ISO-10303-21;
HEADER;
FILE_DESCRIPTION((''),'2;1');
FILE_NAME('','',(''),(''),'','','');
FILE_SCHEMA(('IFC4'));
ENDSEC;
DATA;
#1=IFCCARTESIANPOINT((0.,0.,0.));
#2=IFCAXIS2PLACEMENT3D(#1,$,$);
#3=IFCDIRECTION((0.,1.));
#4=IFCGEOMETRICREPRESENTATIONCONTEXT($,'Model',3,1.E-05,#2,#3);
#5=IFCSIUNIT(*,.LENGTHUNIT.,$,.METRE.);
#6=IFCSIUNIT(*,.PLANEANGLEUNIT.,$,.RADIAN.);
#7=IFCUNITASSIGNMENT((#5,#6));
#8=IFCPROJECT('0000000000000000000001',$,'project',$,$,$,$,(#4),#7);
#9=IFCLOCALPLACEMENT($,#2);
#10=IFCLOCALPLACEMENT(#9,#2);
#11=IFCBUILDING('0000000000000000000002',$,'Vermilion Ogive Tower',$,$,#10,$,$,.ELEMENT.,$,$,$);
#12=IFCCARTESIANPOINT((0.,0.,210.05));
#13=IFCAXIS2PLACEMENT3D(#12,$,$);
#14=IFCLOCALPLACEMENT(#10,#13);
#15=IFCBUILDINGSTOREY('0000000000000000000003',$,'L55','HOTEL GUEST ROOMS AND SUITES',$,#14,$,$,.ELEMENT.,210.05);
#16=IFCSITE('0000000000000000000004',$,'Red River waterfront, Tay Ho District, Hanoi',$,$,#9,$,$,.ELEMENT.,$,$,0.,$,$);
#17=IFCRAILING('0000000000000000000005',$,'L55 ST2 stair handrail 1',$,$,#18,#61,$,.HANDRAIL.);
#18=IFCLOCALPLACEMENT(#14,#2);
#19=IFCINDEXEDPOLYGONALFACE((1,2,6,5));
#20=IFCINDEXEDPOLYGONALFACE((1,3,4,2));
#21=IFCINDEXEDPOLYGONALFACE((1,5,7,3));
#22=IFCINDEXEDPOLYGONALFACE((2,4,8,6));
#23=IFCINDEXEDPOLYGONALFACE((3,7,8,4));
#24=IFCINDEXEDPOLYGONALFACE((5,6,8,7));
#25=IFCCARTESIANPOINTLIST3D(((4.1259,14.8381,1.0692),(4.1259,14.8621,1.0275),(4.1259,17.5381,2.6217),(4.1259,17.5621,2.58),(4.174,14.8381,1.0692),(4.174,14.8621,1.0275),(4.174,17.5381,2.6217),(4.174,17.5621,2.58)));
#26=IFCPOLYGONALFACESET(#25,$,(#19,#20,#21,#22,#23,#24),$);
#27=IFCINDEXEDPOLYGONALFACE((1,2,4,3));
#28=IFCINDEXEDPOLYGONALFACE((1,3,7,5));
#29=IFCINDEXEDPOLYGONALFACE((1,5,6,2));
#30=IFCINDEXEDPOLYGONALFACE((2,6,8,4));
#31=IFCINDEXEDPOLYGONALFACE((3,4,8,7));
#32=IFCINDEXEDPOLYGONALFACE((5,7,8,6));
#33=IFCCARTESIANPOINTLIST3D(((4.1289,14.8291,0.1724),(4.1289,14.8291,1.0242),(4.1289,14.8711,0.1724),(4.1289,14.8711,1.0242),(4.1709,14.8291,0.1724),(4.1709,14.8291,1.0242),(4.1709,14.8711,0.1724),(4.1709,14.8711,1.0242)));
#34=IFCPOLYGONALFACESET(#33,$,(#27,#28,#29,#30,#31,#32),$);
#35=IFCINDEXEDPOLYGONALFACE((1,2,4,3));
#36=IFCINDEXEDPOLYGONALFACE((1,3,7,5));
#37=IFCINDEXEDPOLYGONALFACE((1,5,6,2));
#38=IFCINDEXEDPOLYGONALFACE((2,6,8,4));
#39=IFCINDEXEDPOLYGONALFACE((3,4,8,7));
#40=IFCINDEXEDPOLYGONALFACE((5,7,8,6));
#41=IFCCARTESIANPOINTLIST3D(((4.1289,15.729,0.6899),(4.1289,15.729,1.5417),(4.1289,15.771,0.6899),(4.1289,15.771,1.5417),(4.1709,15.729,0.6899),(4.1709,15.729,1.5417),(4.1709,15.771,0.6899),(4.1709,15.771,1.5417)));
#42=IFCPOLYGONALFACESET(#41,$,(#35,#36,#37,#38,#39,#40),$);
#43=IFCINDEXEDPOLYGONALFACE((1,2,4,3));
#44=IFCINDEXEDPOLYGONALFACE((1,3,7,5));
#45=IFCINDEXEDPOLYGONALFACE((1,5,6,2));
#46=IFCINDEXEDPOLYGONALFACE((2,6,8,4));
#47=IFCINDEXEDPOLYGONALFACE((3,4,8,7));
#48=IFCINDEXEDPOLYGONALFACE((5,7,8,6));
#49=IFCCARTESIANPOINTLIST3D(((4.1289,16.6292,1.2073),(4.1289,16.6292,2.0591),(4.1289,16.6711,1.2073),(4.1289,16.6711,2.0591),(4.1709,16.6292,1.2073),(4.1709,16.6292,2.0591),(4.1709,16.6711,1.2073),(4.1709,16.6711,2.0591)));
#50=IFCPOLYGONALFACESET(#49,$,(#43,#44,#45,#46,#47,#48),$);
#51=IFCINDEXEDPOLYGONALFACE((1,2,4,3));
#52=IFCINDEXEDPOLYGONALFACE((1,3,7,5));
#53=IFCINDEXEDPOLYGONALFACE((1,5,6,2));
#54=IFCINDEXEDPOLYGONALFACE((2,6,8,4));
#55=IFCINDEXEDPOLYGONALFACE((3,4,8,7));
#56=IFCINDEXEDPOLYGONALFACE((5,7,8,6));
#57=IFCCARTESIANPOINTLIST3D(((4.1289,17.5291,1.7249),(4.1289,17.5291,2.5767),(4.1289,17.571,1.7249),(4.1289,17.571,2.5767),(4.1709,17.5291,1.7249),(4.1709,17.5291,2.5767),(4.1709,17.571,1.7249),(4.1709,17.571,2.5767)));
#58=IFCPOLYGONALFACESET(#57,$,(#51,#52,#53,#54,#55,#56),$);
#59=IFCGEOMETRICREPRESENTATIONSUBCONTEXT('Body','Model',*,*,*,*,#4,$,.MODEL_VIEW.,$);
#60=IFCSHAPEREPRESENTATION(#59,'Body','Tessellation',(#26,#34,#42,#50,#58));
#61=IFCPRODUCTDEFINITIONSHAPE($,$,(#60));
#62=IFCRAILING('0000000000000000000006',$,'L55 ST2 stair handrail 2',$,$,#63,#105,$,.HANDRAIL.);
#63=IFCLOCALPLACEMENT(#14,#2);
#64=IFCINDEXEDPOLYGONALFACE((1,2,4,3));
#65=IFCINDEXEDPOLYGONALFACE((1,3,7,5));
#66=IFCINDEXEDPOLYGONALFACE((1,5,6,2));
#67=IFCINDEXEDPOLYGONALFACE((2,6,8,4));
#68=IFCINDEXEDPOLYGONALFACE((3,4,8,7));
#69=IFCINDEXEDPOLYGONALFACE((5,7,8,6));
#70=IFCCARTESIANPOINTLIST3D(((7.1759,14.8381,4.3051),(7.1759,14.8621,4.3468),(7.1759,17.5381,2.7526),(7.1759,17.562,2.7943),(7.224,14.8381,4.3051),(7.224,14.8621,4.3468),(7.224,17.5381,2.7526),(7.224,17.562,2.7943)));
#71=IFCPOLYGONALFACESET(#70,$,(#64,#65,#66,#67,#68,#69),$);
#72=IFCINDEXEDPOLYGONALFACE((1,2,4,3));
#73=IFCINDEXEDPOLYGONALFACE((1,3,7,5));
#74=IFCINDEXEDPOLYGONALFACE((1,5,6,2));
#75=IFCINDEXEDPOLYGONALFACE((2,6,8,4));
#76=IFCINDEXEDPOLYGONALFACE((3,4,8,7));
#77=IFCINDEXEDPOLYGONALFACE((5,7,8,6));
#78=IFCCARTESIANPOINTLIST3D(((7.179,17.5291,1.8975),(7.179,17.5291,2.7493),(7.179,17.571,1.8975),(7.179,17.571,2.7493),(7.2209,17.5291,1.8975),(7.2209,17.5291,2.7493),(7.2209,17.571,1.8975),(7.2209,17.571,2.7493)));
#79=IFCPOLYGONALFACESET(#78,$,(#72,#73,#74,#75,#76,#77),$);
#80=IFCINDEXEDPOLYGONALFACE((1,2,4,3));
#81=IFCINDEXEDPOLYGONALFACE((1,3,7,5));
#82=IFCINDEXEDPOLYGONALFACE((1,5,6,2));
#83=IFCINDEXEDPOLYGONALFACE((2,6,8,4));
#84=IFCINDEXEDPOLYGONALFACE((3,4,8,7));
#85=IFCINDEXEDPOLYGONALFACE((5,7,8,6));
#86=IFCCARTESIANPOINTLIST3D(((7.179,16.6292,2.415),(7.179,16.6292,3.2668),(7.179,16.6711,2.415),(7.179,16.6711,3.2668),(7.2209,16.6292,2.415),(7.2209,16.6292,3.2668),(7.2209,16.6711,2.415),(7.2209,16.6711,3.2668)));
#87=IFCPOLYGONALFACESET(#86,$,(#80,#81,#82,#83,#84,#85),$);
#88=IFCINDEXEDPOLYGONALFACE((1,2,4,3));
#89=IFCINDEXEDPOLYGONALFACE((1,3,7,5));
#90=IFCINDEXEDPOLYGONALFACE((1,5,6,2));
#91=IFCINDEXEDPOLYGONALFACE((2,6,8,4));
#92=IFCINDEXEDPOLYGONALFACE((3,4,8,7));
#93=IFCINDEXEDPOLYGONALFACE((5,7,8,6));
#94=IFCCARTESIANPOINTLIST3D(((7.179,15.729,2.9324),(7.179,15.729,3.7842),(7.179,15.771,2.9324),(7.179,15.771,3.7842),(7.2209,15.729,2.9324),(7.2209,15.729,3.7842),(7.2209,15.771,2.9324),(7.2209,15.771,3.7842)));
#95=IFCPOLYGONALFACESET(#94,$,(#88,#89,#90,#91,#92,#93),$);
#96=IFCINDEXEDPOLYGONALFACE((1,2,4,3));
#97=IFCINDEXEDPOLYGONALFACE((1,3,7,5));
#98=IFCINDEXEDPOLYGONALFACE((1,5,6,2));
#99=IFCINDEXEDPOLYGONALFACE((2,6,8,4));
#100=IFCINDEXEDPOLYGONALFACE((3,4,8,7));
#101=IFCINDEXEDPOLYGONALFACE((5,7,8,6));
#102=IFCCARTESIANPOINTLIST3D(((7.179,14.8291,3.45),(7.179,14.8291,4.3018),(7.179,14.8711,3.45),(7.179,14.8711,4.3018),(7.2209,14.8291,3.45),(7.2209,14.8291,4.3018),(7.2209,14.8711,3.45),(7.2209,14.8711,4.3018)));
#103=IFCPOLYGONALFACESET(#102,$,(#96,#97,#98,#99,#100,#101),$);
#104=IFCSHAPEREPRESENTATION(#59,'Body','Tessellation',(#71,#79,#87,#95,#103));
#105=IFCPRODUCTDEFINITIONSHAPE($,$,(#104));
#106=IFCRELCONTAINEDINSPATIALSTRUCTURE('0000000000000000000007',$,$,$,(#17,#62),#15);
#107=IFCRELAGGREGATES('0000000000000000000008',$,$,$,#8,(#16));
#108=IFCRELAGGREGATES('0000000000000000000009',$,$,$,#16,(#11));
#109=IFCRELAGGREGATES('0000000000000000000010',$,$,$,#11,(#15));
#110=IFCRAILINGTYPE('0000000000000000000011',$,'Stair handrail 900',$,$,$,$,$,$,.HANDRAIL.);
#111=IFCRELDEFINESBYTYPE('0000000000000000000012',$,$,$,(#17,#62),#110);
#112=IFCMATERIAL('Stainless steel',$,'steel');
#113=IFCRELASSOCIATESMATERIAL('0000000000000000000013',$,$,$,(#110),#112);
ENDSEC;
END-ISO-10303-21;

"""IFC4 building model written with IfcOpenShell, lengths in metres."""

from ifc_helpers import new_model, si_unit, direction, frame, origin, origin_2d, place, context, subcontext, project, spatial, rectangle, extrude, material, type_object, element, save


model = new_model("IFC4")

# Units and contexts
model_context = context("Model", 3, precision=1e-05, world=origin(), true_north=direction((0.0, 1.0)))
body_context = subcontext(model_context, "Body", "Model", "MODEL_VIEW")
ifc_project = project(units=[si_unit("LENGTHUNIT", "METRE"), si_unit("PLANEANGLEUNIT", "RADIAN")], contexts=[model_context])

# Site, building, storey
site_placement = place(None, origin())
site = spatial("IfcSite", under=ifc_project, at=site_placement, Name="Red River waterfront, Tay Ho District, Hanoi", CompositionType="ELEMENT", RefElevation=0.0)
building_placement = place(site_placement, origin())
building = spatial("IfcBuilding", under=site, at=building_placement, Name="Vermilion Ogive Tower", CompositionType="ELEMENT")
storey_placement = place(building_placement, frame((0.0, 0.0, 210.05)))
storey = spatial("IfcBuildingStorey", under=building, at=storey_placement, Name="L55", Description="HOTEL GUEST ROOMS AND SUITES", CompositionType="ELEMENT", Elevation=210.05)

# Railings
ifc_material_1 = material(Name="Stainless steel", Category="steel")
railing_type_1 = type_object("IfcRailingType", Name="Stair handrail 900", PredefinedType="HANDRAIL", material=ifc_material_1)
railing_1_placement = place(storey_placement, frame((4.1499, 14.8501, 0.1724)))
element("IfcRailing", 1, at=railing_1_placement, inside=storey, type_object=railing_type_1, Name="L55 ST2 stair handrail 1", PredefinedType="HANDRAIL", context=body_context, shape_type="SweptSolid", body=[
    extrude(rectangle(XDim=0.0481, YDim=0.0481, at=origin_2d()), frame((0.0, 0.0, 0.876), z_axis=(0.0, 0.866904, 0.498476), x_axis=(-1.0, 0.0, 0.0)), (0.0, 0.0, 1.0), 3.1145),
    extrude(rectangle(XDim=0.042, YDim=0.042, at=origin_2d()), origin(), (0.0, 0.0, 1.0), 0.8518),
    extrude(rectangle(XDim=0.042, YDim=0.042, at=origin_2d()), frame((0.0, 0.8999, 0.5176)), (0.0, 0.0, 1.0), 0.8518),
    extrude(rectangle(XDim=0.042, YDim=0.042, at=origin_2d()), frame((0.0, 1.8, 1.0349)), (0.0, 0.0, 1.0), 0.8518),
    extrude(rectangle(XDim=0.042, YDim=0.042, at=origin_2d()), frame((0.0, 2.7, 1.5525)), (0.0, 0.0, 1.0), 0.8518),
])
railing_2_placement = place(storey_placement, frame((7.2, 17.55, 1.8975)))
element("IfcRailing", 2, at=railing_2_placement, inside=storey, type_object=railing_type_1, Name="L55 ST2 stair handrail 2", PredefinedType="HANDRAIL", context=body_context, shape_type="SweptSolid", body=[
    extrude(rectangle(XDim=0.0481, YDim=0.0481, at=origin_2d()), frame((0.0, 0.0, 0.876), z_axis=(0.0, -0.866904, 0.498476), x_axis=(1.0, 0.0, 0.0)), (0.0, 0.0, 1.0), 3.1145),
    extrude(rectangle(XDim=0.042, YDim=0.042, at=origin_2d()), origin(), (0.0, 0.0, 1.0), 0.8518),
    extrude(rectangle(XDim=0.042, YDim=0.042, at=origin_2d()), frame((0.0, -0.8999, 0.5176)), (0.0, 0.0, 1.0), 0.8518),
    extrude(rectangle(XDim=0.042, YDim=0.042, at=origin_2d()), frame((0.0, -1.8, 1.0349)), (0.0, 0.0, 1.0), 0.8518),
    extrude(rectangle(XDim=0.042, YDim=0.042, at=origin_2d()), frame((0.0, -2.7, 1.5525)), (0.0, 0.0, 1.0), 0.8518),
])

save(model, "model.ifc")
